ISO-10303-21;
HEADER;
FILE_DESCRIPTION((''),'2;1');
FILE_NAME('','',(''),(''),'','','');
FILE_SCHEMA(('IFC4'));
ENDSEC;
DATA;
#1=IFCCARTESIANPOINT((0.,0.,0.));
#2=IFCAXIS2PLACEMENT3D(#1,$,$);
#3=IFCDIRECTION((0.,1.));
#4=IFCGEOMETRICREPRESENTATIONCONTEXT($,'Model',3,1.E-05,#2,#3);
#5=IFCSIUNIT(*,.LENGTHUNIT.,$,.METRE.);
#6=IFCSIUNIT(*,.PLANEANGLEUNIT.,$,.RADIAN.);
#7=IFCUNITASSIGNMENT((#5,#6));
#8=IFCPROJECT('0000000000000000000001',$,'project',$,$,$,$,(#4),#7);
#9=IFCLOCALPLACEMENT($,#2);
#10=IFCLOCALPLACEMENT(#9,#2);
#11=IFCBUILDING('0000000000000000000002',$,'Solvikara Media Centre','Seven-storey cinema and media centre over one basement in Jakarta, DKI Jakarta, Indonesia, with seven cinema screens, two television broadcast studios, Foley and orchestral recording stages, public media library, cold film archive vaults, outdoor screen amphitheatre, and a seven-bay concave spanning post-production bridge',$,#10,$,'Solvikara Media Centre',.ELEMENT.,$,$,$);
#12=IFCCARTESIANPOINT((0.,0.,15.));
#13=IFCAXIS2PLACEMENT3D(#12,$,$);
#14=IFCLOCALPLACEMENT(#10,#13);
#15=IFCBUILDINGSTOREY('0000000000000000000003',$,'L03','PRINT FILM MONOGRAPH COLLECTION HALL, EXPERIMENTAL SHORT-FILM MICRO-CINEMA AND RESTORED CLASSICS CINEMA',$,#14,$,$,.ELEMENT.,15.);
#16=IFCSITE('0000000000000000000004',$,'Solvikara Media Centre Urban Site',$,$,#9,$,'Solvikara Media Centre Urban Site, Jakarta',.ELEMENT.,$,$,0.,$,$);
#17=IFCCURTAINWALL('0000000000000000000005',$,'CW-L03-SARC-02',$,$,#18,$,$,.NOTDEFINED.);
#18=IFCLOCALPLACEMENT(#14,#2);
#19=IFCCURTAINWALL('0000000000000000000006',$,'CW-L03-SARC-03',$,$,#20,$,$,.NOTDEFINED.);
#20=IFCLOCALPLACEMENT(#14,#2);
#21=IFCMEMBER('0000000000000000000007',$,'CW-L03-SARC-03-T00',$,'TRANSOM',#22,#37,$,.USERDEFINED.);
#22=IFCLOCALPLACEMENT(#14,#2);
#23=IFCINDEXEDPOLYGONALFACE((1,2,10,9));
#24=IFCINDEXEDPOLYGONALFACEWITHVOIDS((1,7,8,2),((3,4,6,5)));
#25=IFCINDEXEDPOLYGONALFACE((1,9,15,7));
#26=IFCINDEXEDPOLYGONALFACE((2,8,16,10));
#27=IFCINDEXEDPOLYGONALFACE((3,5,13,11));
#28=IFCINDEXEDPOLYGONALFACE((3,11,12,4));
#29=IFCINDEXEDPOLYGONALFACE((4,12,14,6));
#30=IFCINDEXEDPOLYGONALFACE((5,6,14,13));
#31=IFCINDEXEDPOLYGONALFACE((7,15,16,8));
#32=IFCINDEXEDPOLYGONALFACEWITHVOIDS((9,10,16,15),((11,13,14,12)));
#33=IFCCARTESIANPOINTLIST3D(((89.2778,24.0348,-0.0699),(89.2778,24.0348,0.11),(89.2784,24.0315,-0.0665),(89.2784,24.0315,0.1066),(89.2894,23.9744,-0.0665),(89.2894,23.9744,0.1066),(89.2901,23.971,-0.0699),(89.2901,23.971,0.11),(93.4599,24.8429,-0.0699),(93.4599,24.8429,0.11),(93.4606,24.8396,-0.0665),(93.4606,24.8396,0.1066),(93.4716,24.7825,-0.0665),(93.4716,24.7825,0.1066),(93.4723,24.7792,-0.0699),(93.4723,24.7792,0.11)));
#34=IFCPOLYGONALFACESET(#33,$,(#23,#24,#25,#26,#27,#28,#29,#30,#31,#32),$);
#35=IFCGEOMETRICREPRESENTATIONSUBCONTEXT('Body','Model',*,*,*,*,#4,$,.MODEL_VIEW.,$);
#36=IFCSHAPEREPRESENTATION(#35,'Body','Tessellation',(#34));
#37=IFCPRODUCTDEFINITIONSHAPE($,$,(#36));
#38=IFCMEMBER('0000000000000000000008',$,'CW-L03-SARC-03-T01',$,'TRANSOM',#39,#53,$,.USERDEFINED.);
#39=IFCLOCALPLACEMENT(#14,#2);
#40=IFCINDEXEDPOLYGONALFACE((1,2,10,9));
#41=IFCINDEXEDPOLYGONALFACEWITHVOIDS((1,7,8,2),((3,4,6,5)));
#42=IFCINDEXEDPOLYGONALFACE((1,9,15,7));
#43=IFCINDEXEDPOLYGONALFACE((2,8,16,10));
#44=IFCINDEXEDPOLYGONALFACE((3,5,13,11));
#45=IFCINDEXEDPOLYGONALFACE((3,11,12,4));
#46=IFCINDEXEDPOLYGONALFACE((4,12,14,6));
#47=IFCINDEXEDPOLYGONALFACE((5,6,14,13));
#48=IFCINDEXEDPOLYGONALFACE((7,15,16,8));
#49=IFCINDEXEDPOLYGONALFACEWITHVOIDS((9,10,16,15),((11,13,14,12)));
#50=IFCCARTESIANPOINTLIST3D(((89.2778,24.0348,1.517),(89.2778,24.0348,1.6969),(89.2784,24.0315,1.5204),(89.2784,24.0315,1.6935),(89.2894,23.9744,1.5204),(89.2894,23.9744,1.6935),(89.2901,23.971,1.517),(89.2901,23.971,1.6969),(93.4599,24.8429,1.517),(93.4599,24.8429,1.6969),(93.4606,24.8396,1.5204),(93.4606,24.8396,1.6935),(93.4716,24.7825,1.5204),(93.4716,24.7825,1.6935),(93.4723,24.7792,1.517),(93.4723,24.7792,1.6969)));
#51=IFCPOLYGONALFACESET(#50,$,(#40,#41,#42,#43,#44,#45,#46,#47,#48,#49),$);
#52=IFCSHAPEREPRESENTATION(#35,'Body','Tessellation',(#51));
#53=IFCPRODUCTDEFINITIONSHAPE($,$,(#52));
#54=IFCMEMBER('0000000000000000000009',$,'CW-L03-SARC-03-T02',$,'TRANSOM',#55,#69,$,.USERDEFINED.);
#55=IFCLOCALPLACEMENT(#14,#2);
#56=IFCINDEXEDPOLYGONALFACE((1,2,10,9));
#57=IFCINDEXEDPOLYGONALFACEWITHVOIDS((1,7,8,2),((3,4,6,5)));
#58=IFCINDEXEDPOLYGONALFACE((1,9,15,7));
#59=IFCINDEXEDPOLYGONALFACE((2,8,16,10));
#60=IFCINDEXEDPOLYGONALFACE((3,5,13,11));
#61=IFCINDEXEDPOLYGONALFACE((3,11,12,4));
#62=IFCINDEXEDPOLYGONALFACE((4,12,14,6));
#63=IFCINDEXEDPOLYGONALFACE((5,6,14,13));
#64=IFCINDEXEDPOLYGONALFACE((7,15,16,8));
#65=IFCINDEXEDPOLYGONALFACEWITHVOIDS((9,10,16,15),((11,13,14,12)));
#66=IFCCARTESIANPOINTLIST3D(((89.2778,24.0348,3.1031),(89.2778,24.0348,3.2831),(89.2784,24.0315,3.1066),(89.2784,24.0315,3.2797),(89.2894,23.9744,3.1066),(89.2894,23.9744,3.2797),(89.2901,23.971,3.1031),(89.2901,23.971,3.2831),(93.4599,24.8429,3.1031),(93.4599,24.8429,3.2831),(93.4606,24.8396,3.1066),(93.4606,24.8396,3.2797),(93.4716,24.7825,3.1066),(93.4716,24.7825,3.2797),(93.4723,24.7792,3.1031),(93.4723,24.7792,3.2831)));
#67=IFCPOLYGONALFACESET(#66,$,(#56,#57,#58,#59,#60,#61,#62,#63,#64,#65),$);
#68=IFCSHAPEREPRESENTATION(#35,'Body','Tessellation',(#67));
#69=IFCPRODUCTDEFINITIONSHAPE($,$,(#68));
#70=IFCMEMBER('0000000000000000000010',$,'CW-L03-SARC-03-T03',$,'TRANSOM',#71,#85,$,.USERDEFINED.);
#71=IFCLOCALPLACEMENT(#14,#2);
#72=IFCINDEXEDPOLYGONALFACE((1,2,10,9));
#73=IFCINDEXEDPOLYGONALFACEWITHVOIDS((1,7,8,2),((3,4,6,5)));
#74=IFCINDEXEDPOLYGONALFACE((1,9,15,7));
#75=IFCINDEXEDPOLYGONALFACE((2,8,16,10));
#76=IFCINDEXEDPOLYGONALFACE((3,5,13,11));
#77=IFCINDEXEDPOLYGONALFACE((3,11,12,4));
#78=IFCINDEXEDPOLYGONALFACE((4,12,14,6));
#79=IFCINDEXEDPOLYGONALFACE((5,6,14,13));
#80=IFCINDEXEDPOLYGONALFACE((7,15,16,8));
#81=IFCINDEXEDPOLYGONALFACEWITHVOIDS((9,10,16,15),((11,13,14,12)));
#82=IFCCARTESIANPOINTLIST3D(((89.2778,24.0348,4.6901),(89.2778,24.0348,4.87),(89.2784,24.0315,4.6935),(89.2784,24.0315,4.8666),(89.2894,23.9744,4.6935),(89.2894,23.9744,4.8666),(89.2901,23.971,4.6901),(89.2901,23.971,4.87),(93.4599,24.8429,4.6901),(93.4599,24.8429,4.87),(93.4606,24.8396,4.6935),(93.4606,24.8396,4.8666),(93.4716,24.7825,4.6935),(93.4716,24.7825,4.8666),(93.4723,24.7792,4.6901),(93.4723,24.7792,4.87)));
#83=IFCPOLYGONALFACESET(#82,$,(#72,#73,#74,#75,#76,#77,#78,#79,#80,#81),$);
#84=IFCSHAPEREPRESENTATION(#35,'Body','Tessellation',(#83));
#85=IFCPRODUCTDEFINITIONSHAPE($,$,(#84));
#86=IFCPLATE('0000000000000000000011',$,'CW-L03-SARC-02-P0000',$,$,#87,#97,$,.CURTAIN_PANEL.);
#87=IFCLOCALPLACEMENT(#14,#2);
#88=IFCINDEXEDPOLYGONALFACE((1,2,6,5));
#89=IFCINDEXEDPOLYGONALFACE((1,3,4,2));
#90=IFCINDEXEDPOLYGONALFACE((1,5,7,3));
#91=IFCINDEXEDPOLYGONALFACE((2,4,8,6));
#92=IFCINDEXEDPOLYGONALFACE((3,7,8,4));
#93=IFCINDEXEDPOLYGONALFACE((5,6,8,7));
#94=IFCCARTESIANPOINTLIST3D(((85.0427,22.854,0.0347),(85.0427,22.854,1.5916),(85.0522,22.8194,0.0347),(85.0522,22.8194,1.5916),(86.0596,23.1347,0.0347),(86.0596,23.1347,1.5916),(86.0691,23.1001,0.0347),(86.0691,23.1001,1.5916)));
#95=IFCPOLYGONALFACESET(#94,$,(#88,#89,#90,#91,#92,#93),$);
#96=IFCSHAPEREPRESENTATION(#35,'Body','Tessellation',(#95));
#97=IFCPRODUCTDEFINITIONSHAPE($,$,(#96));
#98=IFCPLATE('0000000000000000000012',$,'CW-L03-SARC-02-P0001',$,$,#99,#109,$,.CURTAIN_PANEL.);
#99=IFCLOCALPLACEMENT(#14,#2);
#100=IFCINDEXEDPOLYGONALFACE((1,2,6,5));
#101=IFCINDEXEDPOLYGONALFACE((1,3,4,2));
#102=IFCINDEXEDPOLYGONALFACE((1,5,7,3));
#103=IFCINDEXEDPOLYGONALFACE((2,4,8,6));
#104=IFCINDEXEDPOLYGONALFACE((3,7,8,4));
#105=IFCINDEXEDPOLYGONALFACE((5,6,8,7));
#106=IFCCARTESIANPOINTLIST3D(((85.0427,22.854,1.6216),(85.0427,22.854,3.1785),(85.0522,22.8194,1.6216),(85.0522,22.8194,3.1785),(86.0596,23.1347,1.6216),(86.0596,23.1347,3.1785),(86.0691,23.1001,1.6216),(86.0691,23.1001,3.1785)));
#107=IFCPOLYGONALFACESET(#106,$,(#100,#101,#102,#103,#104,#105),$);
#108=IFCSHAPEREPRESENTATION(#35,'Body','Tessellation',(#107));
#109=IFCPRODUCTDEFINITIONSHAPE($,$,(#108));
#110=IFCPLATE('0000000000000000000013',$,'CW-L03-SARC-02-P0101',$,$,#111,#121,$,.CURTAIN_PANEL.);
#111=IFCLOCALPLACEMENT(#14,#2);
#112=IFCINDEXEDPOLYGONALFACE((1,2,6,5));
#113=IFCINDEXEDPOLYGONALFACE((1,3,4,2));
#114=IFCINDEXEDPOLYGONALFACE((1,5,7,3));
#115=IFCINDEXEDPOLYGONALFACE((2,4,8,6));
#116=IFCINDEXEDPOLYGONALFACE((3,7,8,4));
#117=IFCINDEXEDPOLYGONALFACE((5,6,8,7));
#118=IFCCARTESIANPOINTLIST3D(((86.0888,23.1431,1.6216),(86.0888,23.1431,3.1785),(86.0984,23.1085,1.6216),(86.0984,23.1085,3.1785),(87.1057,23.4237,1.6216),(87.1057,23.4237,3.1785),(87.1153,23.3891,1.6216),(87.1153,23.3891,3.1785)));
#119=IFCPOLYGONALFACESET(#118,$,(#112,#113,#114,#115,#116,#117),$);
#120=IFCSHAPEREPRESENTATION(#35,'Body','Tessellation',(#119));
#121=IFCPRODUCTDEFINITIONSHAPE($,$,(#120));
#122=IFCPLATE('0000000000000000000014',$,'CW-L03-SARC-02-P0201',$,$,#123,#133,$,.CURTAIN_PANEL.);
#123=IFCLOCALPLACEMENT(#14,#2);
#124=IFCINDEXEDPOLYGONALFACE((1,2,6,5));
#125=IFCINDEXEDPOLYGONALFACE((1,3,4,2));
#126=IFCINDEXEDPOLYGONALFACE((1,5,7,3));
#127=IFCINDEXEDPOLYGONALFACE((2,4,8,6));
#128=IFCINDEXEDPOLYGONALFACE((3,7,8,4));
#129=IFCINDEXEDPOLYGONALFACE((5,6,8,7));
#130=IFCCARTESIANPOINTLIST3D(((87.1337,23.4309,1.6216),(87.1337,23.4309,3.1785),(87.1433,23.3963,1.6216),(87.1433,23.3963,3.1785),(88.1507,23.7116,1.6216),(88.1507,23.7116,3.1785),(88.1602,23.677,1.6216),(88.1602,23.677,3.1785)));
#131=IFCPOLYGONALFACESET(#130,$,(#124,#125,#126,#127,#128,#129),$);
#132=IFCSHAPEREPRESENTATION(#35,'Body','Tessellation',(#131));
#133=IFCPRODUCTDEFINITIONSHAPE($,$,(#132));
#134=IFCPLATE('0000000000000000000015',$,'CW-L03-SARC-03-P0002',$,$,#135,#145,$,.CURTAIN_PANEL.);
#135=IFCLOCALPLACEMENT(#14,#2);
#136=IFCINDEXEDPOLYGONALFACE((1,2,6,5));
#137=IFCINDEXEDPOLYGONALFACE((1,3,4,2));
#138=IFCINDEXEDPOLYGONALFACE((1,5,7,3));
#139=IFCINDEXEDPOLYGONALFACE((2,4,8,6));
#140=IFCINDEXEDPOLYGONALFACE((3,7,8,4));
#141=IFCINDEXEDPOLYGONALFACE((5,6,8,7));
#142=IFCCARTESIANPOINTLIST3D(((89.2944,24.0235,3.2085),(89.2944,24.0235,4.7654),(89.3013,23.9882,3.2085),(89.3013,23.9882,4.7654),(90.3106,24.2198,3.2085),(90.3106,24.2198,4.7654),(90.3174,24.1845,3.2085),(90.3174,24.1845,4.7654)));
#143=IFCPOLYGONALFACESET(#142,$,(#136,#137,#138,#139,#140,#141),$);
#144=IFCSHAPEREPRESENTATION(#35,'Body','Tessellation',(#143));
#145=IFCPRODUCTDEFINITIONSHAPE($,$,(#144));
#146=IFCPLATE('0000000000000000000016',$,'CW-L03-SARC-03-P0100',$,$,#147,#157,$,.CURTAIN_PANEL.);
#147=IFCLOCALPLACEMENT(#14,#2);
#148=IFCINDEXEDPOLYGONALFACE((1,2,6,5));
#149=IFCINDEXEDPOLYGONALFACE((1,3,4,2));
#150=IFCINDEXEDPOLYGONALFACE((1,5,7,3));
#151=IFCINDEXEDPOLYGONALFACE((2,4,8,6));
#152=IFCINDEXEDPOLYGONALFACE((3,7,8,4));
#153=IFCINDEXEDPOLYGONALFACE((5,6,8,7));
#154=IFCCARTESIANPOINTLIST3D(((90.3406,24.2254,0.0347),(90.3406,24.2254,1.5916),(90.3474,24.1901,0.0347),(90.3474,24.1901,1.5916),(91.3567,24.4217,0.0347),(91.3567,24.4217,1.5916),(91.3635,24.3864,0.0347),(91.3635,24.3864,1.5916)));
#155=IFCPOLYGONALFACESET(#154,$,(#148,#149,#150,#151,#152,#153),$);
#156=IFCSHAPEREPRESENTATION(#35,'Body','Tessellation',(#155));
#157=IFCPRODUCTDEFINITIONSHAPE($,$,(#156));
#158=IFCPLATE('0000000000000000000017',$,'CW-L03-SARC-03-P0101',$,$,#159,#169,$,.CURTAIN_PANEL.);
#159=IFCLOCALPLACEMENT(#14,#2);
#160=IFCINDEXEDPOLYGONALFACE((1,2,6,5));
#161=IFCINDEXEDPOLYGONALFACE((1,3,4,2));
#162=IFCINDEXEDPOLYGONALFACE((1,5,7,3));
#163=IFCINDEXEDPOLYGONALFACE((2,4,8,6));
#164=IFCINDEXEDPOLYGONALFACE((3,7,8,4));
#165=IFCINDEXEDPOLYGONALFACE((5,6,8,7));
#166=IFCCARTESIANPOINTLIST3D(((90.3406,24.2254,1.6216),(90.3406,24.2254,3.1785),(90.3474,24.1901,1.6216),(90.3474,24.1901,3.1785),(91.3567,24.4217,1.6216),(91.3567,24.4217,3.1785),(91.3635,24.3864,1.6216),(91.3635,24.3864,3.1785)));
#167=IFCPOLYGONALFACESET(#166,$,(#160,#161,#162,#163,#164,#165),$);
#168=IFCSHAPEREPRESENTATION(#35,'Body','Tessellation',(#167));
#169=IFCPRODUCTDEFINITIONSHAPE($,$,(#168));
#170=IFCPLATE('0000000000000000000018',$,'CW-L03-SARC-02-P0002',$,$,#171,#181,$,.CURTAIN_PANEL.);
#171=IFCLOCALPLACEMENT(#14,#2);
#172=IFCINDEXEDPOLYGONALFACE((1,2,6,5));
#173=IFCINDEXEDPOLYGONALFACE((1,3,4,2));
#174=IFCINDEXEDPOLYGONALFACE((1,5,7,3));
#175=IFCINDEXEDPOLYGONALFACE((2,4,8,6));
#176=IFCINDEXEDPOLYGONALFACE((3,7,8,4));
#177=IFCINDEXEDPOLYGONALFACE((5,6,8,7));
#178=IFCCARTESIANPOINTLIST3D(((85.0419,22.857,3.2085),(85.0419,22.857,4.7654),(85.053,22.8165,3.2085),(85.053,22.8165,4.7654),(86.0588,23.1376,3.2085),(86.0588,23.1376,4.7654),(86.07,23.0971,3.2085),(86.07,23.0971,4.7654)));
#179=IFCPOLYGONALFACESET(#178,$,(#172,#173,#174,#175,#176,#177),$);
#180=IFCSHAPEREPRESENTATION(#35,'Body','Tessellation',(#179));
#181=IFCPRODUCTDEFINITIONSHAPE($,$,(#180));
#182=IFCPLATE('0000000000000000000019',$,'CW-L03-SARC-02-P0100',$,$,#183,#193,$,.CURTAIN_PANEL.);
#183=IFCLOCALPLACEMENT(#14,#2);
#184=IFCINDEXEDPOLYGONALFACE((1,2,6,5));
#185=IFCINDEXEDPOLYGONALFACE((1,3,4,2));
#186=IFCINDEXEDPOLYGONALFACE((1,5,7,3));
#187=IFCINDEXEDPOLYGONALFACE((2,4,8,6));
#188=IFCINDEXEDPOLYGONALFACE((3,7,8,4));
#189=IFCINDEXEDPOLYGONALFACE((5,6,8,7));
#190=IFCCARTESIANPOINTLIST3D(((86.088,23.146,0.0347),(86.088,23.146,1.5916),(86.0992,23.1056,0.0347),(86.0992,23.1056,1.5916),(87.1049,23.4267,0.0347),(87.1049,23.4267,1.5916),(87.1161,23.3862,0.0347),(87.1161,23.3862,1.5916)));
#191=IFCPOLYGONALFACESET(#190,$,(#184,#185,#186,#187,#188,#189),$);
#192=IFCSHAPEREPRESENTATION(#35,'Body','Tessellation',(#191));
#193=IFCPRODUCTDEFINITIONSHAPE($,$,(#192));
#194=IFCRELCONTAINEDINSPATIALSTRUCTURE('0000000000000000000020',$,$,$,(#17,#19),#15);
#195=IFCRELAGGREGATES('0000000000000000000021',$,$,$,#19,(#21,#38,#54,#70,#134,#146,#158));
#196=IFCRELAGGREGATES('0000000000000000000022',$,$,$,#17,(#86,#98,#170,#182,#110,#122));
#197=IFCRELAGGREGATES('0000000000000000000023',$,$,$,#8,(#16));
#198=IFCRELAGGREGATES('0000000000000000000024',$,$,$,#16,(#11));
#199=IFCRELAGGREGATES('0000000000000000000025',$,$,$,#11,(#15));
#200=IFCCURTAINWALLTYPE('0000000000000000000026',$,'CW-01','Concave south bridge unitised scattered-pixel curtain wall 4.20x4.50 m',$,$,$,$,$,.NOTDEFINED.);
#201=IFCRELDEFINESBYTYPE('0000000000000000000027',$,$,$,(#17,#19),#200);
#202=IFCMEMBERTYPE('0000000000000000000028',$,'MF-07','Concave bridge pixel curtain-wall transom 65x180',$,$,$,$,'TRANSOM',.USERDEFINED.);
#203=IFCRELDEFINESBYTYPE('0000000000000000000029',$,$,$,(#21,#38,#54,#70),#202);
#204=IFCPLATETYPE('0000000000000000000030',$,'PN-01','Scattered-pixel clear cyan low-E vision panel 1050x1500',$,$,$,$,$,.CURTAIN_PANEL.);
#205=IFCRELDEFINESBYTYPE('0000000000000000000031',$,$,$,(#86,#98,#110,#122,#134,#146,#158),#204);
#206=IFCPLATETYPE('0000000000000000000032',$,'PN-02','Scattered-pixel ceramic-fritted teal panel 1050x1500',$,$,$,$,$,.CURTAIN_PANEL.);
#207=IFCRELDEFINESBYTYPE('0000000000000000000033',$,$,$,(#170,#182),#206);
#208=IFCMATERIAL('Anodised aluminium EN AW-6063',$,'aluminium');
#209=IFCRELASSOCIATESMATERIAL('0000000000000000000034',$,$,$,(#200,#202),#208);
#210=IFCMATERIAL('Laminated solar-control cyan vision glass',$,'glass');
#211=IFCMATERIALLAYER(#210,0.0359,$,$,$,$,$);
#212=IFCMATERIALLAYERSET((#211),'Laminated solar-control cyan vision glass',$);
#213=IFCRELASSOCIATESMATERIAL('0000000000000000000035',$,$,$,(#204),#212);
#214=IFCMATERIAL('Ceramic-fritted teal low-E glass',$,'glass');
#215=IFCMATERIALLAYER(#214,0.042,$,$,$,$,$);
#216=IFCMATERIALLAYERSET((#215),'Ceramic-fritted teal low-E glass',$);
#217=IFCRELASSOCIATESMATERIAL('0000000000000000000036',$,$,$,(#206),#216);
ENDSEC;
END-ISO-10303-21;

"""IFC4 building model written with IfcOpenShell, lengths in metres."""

from ifc_helpers import new_model, si_unit, direction, frame, origin, origin_2d, place, context, subcontext, project, spatial, rectangle, hollow_rectangle, extrude, material, layer, layer_set, material_profile, profile_set, type_object, element, aggregate, save


model = new_model("IFC4")

# Units and contexts
model_context = context("Model", 3, precision=1e-05, world=origin(), true_north=direction((0.0, 1.0)))
body_context = subcontext(model_context, "Body", "Model", "MODEL_VIEW")
ifc_project = project(units=[si_unit("LENGTHUNIT", "METRE"), si_unit("PLANEANGLEUNIT", "RADIAN")], contexts=[model_context])

# Site, building, storey
site_placement = place(None, origin())
site = spatial("IfcSite", under=ifc_project, at=site_placement, Name="Solvikara Media Centre Urban Site", LongName="Solvikara Media Centre Urban Site, Jakarta", CompositionType="ELEMENT", RefElevation=0.0)
building_placement = place(site_placement, origin())
building = spatial("IfcBuilding", under=site, at=building_placement, Name="Solvikara Media Centre", Description="Seven-storey cinema and media centre over one basement in Jakarta, DKI Jakarta, Indonesia, with seven cinema screens, two television broadcast studios, Foley and orchestral recording stages, public media library, cold film archive vaults, outdoor screen amphitheatre, and a seven-bay concave spanning post-production bridge", LongName="Solvikara Media Centre", CompositionType="ELEMENT")
storey_placement = place(building_placement, frame((0.0, 0.0, 15.0)))
storey = spatial("IfcBuildingStorey", under=building, at=storey_placement, Name="L03", Description="PRINT FILM MONOGRAPH COLLECTION HALL, EXPERIMENTAL SHORT-FILM MICRO-CINEMA AND RESTORED CLASSICS CINEMA", CompositionType="ELEMENT", Elevation=15.0)

# Curtain walls, members
ifc_material_1 = material(Name="Anodised aluminium EN AW-6063", Category="aluminium")
curtain_wall_type = type_object("IfcCurtainWallType", Name="CW-01", Description="Concave south bridge unitised scattered-pixel curtain wall 4.20x4.50 m", PredefinedType="NOTDEFINED", material=ifc_material_1)
curtain_wall_1_placement = place(storey_placement, origin())
curtain_wall_1 = element("IfcCurtainWall", 1, at=curtain_wall_1_placement, inside=storey, type_object=curtain_wall_type, Name="CW-L03-SARC-02", PredefinedType="NOTDEFINED")
curtain_wall_2_placement = place(storey_placement, origin())
curtain_wall_2 = element("IfcCurtainWall", 2, at=curtain_wall_2_placement, inside=storey, type_object=curtain_wall_type, Name="CW-L03-SARC-03", PredefinedType="NOTDEFINED")
ifc_material_profile_1 = material_profile(ifc_material_1, hollow_rectangle(XDim=0.0649, YDim=0.1799, WallThickness=0.0034, at=origin_2d()), Name="ALU-T 65x180x3.5")
ifc_profile_set_1 = profile_set([ifc_material_profile_1], Name="Anodised aluminium EN AW-6063")
member_type_1 = type_object("IfcMemberType", Name="MF-07", Description="Concave bridge pixel curtain-wall transom 65x180", ElementType="TRANSOM", PredefinedType="USERDEFINED", material=ifc_profile_set_1)
member_1_placement = place(storey_placement, frame((89.2839, 24.0029, 0.02), z_axis=(0.981838, 0.189719, 0.0), x_axis=(-0.189719, 0.981838, 0.0)))
member_1 = element("IfcMember", 3, at=member_1_placement, type_object=member_type_1, Name="CW-L03-SARC-03-T00", ObjectType="TRANSOM", PredefinedType="USERDEFINED", context=body_context, shape_type="SweptSolid", body=[
    extrude(hollow_rectangle(XDim=0.0649, YDim=0.1799, WallThickness=0.0034, at=origin_2d()), origin(), (0.0, 0.0, 1.0), 4.2595),
])
member_2_placement = place(storey_placement, frame((89.2839, 24.0029, 1.6069), z_axis=(0.981838, 0.189719, 0.0), x_axis=(-0.189719, 0.981838, 0.0)))
member_2 = element("IfcMember", 4, at=member_2_placement, type_object=member_type_1, Name="CW-L03-SARC-03-T01", ObjectType="TRANSOM", PredefinedType="USERDEFINED", context=body_context, shape_type="SweptSolid", body=[
    extrude(hollow_rectangle(XDim=0.0649, YDim=0.1799, WallThickness=0.0034, at=origin_2d()), origin(), (0.0, 0.0, 1.0), 4.2595),
])
member_3_placement = place(storey_placement, frame((89.2839, 24.0029, 3.1931), z_axis=(0.981838, 0.189719, 0.0), x_axis=(-0.189719, 0.981838, 0.0)))
member_3 = element("IfcMember", 5, at=member_3_placement, type_object=member_type_1, Name="CW-L03-SARC-03-T02", ObjectType="TRANSOM", PredefinedType="USERDEFINED", context=body_context, shape_type="SweptSolid", body=[
    extrude(hollow_rectangle(XDim=0.0649, YDim=0.1799, WallThickness=0.0034, at=origin_2d()), origin(), (0.0, 0.0, 1.0), 4.2595),
])
member_4_placement = place(storey_placement, frame((89.2839, 24.0029, 4.78), z_axis=(0.981838, 0.189719, 0.0), x_axis=(-0.189719, 0.981838, 0.0)))
member_4 = element("IfcMember", 6, at=member_4_placement, type_object=member_type_1, Name="CW-L03-SARC-03-T03", ObjectType="TRANSOM", PredefinedType="USERDEFINED", context=body_context, shape_type="SweptSolid", body=[
    extrude(hollow_rectangle(XDim=0.0649, YDim=0.1799, WallThickness=0.0034, at=origin_2d()), origin(), (0.0, 0.0, 1.0), 4.2595),
])

# Plates
ifc_material_2 = material(Name="Laminated solar-control cyan vision glass", Category="glass")
ifc_layer_1 = layer(ifc_material_2, 0.0359)
ifc_layer_set_1 = layer_set([ifc_layer_1], Name="Laminated solar-control cyan vision glass")
plate_type_1 = type_object("IfcPlateType", Name="PN-01", Description="Scattered-pixel clear cyan low-E vision panel 1050x1500", PredefinedType="CURTAIN_PANEL", material=ifc_layer_set_1)
plate_1_placement = place(storey_placement, frame((85.5559, 22.9771, 0.0347), z_axis=(0.0, 0.0, 1.0), x_axis=(0.96397, 0.26601, 0.0)))
plate_1 = element("IfcPlate", 7, at=plate_1_placement, type_object=plate_type_1, Name="CW-L03-SARC-02-P0000", PredefinedType="CURTAIN_PANEL", context=body_context, shape_type="SweptSolid", body=[
    extrude(rectangle(XDim=1.0549, YDim=0.0359, at=origin_2d()), origin(), (0.0, 0.0, 1.0), 1.5569),
])
plate_2_placement = place(storey_placement, frame((85.5559, 22.9771, 1.6216), z_axis=(0.0, 0.0, 1.0), x_axis=(0.96397, 0.26601, 0.0)))
plate_2 = element("IfcPlate", 8, at=plate_2_placement, type_object=plate_type_1, Name="CW-L03-SARC-02-P0001", PredefinedType="CURTAIN_PANEL", context=body_context, shape_type="SweptSolid", body=[
    extrude(rectangle(XDim=1.0549, YDim=0.0359, at=origin_2d()), origin(), (0.0, 0.0, 1.0), 1.5569),
])
plate_3_placement = place(storey_placement, frame((86.6021, 23.2661, 1.6216), z_axis=(0.0, 0.0, 1.0), x_axis=(0.96397, 0.26601, 0.0)))
plate_3 = element("IfcPlate", 9, at=plate_3_placement, type_object=plate_type_1, Name="CW-L03-SARC-02-P0101", PredefinedType="CURTAIN_PANEL", context=body_context, shape_type="SweptSolid", body=[
    extrude(rectangle(XDim=1.0549, YDim=0.0359, at=origin_2d()), origin(), (0.0, 0.0, 1.0), 1.5569),
])
plate_4_placement = place(storey_placement, frame((87.647, 23.554, 1.6216), z_axis=(0.0, 0.0, 1.0), x_axis=(0.96397, 0.26601, 0.0)))
plate_4 = element("IfcPlate", 10, at=plate_4_placement, type_object=plate_type_1, Name="CW-L03-SARC-02-P0201", PredefinedType="CURTAIN_PANEL", context=body_context, shape_type="SweptSolid", body=[
    extrude(rectangle(XDim=1.0549, YDim=0.0359, at=origin_2d()), origin(), (0.0, 0.0, 1.0), 1.5569),
])
plate_5_placement = place(storey_placement, frame((89.8059, 24.104, 3.2085), z_axis=(0.0, 0.0, 1.0), x_axis=(0.981843, 0.189695, 0.0)))
plate_5 = element("IfcPlate", 11, at=plate_5_placement, type_object=plate_type_1, Name="CW-L03-SARC-03-P0002", PredefinedType="CURTAIN_PANEL", context=body_context, shape_type="SweptSolid", body=[
    extrude(rectangle(XDim=1.0349, YDim=0.0359, at=origin_2d()), origin(), (0.0, 0.0, 1.0), 1.5569),
])
plate_6_placement = place(storey_placement, frame((90.8521, 24.3059, 0.0347), z_axis=(0.0, 0.0, 1.0), x_axis=(0.981843, 0.189695, 0.0)))
plate_6 = element("IfcPlate", 12, at=plate_6_placement, type_object=plate_type_1, Name="CW-L03-SARC-03-P0100", PredefinedType="CURTAIN_PANEL", context=body_context, shape_type="SweptSolid", body=[
    extrude(rectangle(XDim=1.0349, YDim=0.0359, at=origin_2d()), origin(), (0.0, 0.0, 1.0), 1.5569),
])
plate_7_placement = place(storey_placement, frame((90.8521, 24.3059, 1.6216), z_axis=(0.0, 0.0, 1.0), x_axis=(0.981843, 0.189695, 0.0)))
plate_7 = element("IfcPlate", 13, at=plate_7_placement, type_object=plate_type_1, Name="CW-L03-SARC-03-P0101", PredefinedType="CURTAIN_PANEL", context=body_context, shape_type="SweptSolid", body=[
    extrude(rectangle(XDim=1.0349, YDim=0.0359, at=origin_2d()), origin(), (0.0, 0.0, 1.0), 1.5569),
])
ifc_material_3 = material(Name="Ceramic-fritted teal low-E glass", Category="glass")
ifc_layer_2 = layer(ifc_material_3, 0.042)
ifc_layer_set_2 = layer_set([ifc_layer_2], Name="Ceramic-fritted teal low-E glass")
plate_type_2 = type_object("IfcPlateType", Name="PN-02", Description="Scattered-pixel ceramic-fritted teal panel 1050x1500", PredefinedType="CURTAIN_PANEL", material=ifc_layer_set_2)
plate_8_placement = place(storey_placement, frame((85.5559, 22.9771, 3.2085), z_axis=(0.0, 0.0, 1.0), x_axis=(0.96397, 0.26601, 0.0)))
plate_8 = element("IfcPlate", 14, at=plate_8_placement, type_object=plate_type_2, Name="CW-L03-SARC-02-P0002", PredefinedType="CURTAIN_PANEL", context=body_context, shape_type="SweptSolid", body=[
    extrude(rectangle(XDim=1.0549, YDim=0.042, at=origin_2d()), origin(), (0.0, 0.0, 1.0), 1.5569),
])
plate_9_placement = place(storey_placement, frame((86.6021, 23.2661, 0.0347), z_axis=(0.0, 0.0, 1.0), x_axis=(0.96397, 0.26601, 0.0)))
plate_9 = element("IfcPlate", 15, at=plate_9_placement, type_object=plate_type_2, Name="CW-L03-SARC-02-P0100", PredefinedType="CURTAIN_PANEL", context=body_context, shape_type="SweptSolid", body=[
    extrude(rectangle(XDim=1.0549, YDim=0.042, at=origin_2d()), origin(), (0.0, 0.0, 1.0), 1.5569),
])
aggregate(curtain_wall_2, [member_1, member_2, member_3, member_4, plate_5, plate_6, plate_7])
aggregate(curtain_wall_1, [plate_1, plate_2, plate_8, plate_9, plate_3, plate_4])

save(model, "model.ifc")
